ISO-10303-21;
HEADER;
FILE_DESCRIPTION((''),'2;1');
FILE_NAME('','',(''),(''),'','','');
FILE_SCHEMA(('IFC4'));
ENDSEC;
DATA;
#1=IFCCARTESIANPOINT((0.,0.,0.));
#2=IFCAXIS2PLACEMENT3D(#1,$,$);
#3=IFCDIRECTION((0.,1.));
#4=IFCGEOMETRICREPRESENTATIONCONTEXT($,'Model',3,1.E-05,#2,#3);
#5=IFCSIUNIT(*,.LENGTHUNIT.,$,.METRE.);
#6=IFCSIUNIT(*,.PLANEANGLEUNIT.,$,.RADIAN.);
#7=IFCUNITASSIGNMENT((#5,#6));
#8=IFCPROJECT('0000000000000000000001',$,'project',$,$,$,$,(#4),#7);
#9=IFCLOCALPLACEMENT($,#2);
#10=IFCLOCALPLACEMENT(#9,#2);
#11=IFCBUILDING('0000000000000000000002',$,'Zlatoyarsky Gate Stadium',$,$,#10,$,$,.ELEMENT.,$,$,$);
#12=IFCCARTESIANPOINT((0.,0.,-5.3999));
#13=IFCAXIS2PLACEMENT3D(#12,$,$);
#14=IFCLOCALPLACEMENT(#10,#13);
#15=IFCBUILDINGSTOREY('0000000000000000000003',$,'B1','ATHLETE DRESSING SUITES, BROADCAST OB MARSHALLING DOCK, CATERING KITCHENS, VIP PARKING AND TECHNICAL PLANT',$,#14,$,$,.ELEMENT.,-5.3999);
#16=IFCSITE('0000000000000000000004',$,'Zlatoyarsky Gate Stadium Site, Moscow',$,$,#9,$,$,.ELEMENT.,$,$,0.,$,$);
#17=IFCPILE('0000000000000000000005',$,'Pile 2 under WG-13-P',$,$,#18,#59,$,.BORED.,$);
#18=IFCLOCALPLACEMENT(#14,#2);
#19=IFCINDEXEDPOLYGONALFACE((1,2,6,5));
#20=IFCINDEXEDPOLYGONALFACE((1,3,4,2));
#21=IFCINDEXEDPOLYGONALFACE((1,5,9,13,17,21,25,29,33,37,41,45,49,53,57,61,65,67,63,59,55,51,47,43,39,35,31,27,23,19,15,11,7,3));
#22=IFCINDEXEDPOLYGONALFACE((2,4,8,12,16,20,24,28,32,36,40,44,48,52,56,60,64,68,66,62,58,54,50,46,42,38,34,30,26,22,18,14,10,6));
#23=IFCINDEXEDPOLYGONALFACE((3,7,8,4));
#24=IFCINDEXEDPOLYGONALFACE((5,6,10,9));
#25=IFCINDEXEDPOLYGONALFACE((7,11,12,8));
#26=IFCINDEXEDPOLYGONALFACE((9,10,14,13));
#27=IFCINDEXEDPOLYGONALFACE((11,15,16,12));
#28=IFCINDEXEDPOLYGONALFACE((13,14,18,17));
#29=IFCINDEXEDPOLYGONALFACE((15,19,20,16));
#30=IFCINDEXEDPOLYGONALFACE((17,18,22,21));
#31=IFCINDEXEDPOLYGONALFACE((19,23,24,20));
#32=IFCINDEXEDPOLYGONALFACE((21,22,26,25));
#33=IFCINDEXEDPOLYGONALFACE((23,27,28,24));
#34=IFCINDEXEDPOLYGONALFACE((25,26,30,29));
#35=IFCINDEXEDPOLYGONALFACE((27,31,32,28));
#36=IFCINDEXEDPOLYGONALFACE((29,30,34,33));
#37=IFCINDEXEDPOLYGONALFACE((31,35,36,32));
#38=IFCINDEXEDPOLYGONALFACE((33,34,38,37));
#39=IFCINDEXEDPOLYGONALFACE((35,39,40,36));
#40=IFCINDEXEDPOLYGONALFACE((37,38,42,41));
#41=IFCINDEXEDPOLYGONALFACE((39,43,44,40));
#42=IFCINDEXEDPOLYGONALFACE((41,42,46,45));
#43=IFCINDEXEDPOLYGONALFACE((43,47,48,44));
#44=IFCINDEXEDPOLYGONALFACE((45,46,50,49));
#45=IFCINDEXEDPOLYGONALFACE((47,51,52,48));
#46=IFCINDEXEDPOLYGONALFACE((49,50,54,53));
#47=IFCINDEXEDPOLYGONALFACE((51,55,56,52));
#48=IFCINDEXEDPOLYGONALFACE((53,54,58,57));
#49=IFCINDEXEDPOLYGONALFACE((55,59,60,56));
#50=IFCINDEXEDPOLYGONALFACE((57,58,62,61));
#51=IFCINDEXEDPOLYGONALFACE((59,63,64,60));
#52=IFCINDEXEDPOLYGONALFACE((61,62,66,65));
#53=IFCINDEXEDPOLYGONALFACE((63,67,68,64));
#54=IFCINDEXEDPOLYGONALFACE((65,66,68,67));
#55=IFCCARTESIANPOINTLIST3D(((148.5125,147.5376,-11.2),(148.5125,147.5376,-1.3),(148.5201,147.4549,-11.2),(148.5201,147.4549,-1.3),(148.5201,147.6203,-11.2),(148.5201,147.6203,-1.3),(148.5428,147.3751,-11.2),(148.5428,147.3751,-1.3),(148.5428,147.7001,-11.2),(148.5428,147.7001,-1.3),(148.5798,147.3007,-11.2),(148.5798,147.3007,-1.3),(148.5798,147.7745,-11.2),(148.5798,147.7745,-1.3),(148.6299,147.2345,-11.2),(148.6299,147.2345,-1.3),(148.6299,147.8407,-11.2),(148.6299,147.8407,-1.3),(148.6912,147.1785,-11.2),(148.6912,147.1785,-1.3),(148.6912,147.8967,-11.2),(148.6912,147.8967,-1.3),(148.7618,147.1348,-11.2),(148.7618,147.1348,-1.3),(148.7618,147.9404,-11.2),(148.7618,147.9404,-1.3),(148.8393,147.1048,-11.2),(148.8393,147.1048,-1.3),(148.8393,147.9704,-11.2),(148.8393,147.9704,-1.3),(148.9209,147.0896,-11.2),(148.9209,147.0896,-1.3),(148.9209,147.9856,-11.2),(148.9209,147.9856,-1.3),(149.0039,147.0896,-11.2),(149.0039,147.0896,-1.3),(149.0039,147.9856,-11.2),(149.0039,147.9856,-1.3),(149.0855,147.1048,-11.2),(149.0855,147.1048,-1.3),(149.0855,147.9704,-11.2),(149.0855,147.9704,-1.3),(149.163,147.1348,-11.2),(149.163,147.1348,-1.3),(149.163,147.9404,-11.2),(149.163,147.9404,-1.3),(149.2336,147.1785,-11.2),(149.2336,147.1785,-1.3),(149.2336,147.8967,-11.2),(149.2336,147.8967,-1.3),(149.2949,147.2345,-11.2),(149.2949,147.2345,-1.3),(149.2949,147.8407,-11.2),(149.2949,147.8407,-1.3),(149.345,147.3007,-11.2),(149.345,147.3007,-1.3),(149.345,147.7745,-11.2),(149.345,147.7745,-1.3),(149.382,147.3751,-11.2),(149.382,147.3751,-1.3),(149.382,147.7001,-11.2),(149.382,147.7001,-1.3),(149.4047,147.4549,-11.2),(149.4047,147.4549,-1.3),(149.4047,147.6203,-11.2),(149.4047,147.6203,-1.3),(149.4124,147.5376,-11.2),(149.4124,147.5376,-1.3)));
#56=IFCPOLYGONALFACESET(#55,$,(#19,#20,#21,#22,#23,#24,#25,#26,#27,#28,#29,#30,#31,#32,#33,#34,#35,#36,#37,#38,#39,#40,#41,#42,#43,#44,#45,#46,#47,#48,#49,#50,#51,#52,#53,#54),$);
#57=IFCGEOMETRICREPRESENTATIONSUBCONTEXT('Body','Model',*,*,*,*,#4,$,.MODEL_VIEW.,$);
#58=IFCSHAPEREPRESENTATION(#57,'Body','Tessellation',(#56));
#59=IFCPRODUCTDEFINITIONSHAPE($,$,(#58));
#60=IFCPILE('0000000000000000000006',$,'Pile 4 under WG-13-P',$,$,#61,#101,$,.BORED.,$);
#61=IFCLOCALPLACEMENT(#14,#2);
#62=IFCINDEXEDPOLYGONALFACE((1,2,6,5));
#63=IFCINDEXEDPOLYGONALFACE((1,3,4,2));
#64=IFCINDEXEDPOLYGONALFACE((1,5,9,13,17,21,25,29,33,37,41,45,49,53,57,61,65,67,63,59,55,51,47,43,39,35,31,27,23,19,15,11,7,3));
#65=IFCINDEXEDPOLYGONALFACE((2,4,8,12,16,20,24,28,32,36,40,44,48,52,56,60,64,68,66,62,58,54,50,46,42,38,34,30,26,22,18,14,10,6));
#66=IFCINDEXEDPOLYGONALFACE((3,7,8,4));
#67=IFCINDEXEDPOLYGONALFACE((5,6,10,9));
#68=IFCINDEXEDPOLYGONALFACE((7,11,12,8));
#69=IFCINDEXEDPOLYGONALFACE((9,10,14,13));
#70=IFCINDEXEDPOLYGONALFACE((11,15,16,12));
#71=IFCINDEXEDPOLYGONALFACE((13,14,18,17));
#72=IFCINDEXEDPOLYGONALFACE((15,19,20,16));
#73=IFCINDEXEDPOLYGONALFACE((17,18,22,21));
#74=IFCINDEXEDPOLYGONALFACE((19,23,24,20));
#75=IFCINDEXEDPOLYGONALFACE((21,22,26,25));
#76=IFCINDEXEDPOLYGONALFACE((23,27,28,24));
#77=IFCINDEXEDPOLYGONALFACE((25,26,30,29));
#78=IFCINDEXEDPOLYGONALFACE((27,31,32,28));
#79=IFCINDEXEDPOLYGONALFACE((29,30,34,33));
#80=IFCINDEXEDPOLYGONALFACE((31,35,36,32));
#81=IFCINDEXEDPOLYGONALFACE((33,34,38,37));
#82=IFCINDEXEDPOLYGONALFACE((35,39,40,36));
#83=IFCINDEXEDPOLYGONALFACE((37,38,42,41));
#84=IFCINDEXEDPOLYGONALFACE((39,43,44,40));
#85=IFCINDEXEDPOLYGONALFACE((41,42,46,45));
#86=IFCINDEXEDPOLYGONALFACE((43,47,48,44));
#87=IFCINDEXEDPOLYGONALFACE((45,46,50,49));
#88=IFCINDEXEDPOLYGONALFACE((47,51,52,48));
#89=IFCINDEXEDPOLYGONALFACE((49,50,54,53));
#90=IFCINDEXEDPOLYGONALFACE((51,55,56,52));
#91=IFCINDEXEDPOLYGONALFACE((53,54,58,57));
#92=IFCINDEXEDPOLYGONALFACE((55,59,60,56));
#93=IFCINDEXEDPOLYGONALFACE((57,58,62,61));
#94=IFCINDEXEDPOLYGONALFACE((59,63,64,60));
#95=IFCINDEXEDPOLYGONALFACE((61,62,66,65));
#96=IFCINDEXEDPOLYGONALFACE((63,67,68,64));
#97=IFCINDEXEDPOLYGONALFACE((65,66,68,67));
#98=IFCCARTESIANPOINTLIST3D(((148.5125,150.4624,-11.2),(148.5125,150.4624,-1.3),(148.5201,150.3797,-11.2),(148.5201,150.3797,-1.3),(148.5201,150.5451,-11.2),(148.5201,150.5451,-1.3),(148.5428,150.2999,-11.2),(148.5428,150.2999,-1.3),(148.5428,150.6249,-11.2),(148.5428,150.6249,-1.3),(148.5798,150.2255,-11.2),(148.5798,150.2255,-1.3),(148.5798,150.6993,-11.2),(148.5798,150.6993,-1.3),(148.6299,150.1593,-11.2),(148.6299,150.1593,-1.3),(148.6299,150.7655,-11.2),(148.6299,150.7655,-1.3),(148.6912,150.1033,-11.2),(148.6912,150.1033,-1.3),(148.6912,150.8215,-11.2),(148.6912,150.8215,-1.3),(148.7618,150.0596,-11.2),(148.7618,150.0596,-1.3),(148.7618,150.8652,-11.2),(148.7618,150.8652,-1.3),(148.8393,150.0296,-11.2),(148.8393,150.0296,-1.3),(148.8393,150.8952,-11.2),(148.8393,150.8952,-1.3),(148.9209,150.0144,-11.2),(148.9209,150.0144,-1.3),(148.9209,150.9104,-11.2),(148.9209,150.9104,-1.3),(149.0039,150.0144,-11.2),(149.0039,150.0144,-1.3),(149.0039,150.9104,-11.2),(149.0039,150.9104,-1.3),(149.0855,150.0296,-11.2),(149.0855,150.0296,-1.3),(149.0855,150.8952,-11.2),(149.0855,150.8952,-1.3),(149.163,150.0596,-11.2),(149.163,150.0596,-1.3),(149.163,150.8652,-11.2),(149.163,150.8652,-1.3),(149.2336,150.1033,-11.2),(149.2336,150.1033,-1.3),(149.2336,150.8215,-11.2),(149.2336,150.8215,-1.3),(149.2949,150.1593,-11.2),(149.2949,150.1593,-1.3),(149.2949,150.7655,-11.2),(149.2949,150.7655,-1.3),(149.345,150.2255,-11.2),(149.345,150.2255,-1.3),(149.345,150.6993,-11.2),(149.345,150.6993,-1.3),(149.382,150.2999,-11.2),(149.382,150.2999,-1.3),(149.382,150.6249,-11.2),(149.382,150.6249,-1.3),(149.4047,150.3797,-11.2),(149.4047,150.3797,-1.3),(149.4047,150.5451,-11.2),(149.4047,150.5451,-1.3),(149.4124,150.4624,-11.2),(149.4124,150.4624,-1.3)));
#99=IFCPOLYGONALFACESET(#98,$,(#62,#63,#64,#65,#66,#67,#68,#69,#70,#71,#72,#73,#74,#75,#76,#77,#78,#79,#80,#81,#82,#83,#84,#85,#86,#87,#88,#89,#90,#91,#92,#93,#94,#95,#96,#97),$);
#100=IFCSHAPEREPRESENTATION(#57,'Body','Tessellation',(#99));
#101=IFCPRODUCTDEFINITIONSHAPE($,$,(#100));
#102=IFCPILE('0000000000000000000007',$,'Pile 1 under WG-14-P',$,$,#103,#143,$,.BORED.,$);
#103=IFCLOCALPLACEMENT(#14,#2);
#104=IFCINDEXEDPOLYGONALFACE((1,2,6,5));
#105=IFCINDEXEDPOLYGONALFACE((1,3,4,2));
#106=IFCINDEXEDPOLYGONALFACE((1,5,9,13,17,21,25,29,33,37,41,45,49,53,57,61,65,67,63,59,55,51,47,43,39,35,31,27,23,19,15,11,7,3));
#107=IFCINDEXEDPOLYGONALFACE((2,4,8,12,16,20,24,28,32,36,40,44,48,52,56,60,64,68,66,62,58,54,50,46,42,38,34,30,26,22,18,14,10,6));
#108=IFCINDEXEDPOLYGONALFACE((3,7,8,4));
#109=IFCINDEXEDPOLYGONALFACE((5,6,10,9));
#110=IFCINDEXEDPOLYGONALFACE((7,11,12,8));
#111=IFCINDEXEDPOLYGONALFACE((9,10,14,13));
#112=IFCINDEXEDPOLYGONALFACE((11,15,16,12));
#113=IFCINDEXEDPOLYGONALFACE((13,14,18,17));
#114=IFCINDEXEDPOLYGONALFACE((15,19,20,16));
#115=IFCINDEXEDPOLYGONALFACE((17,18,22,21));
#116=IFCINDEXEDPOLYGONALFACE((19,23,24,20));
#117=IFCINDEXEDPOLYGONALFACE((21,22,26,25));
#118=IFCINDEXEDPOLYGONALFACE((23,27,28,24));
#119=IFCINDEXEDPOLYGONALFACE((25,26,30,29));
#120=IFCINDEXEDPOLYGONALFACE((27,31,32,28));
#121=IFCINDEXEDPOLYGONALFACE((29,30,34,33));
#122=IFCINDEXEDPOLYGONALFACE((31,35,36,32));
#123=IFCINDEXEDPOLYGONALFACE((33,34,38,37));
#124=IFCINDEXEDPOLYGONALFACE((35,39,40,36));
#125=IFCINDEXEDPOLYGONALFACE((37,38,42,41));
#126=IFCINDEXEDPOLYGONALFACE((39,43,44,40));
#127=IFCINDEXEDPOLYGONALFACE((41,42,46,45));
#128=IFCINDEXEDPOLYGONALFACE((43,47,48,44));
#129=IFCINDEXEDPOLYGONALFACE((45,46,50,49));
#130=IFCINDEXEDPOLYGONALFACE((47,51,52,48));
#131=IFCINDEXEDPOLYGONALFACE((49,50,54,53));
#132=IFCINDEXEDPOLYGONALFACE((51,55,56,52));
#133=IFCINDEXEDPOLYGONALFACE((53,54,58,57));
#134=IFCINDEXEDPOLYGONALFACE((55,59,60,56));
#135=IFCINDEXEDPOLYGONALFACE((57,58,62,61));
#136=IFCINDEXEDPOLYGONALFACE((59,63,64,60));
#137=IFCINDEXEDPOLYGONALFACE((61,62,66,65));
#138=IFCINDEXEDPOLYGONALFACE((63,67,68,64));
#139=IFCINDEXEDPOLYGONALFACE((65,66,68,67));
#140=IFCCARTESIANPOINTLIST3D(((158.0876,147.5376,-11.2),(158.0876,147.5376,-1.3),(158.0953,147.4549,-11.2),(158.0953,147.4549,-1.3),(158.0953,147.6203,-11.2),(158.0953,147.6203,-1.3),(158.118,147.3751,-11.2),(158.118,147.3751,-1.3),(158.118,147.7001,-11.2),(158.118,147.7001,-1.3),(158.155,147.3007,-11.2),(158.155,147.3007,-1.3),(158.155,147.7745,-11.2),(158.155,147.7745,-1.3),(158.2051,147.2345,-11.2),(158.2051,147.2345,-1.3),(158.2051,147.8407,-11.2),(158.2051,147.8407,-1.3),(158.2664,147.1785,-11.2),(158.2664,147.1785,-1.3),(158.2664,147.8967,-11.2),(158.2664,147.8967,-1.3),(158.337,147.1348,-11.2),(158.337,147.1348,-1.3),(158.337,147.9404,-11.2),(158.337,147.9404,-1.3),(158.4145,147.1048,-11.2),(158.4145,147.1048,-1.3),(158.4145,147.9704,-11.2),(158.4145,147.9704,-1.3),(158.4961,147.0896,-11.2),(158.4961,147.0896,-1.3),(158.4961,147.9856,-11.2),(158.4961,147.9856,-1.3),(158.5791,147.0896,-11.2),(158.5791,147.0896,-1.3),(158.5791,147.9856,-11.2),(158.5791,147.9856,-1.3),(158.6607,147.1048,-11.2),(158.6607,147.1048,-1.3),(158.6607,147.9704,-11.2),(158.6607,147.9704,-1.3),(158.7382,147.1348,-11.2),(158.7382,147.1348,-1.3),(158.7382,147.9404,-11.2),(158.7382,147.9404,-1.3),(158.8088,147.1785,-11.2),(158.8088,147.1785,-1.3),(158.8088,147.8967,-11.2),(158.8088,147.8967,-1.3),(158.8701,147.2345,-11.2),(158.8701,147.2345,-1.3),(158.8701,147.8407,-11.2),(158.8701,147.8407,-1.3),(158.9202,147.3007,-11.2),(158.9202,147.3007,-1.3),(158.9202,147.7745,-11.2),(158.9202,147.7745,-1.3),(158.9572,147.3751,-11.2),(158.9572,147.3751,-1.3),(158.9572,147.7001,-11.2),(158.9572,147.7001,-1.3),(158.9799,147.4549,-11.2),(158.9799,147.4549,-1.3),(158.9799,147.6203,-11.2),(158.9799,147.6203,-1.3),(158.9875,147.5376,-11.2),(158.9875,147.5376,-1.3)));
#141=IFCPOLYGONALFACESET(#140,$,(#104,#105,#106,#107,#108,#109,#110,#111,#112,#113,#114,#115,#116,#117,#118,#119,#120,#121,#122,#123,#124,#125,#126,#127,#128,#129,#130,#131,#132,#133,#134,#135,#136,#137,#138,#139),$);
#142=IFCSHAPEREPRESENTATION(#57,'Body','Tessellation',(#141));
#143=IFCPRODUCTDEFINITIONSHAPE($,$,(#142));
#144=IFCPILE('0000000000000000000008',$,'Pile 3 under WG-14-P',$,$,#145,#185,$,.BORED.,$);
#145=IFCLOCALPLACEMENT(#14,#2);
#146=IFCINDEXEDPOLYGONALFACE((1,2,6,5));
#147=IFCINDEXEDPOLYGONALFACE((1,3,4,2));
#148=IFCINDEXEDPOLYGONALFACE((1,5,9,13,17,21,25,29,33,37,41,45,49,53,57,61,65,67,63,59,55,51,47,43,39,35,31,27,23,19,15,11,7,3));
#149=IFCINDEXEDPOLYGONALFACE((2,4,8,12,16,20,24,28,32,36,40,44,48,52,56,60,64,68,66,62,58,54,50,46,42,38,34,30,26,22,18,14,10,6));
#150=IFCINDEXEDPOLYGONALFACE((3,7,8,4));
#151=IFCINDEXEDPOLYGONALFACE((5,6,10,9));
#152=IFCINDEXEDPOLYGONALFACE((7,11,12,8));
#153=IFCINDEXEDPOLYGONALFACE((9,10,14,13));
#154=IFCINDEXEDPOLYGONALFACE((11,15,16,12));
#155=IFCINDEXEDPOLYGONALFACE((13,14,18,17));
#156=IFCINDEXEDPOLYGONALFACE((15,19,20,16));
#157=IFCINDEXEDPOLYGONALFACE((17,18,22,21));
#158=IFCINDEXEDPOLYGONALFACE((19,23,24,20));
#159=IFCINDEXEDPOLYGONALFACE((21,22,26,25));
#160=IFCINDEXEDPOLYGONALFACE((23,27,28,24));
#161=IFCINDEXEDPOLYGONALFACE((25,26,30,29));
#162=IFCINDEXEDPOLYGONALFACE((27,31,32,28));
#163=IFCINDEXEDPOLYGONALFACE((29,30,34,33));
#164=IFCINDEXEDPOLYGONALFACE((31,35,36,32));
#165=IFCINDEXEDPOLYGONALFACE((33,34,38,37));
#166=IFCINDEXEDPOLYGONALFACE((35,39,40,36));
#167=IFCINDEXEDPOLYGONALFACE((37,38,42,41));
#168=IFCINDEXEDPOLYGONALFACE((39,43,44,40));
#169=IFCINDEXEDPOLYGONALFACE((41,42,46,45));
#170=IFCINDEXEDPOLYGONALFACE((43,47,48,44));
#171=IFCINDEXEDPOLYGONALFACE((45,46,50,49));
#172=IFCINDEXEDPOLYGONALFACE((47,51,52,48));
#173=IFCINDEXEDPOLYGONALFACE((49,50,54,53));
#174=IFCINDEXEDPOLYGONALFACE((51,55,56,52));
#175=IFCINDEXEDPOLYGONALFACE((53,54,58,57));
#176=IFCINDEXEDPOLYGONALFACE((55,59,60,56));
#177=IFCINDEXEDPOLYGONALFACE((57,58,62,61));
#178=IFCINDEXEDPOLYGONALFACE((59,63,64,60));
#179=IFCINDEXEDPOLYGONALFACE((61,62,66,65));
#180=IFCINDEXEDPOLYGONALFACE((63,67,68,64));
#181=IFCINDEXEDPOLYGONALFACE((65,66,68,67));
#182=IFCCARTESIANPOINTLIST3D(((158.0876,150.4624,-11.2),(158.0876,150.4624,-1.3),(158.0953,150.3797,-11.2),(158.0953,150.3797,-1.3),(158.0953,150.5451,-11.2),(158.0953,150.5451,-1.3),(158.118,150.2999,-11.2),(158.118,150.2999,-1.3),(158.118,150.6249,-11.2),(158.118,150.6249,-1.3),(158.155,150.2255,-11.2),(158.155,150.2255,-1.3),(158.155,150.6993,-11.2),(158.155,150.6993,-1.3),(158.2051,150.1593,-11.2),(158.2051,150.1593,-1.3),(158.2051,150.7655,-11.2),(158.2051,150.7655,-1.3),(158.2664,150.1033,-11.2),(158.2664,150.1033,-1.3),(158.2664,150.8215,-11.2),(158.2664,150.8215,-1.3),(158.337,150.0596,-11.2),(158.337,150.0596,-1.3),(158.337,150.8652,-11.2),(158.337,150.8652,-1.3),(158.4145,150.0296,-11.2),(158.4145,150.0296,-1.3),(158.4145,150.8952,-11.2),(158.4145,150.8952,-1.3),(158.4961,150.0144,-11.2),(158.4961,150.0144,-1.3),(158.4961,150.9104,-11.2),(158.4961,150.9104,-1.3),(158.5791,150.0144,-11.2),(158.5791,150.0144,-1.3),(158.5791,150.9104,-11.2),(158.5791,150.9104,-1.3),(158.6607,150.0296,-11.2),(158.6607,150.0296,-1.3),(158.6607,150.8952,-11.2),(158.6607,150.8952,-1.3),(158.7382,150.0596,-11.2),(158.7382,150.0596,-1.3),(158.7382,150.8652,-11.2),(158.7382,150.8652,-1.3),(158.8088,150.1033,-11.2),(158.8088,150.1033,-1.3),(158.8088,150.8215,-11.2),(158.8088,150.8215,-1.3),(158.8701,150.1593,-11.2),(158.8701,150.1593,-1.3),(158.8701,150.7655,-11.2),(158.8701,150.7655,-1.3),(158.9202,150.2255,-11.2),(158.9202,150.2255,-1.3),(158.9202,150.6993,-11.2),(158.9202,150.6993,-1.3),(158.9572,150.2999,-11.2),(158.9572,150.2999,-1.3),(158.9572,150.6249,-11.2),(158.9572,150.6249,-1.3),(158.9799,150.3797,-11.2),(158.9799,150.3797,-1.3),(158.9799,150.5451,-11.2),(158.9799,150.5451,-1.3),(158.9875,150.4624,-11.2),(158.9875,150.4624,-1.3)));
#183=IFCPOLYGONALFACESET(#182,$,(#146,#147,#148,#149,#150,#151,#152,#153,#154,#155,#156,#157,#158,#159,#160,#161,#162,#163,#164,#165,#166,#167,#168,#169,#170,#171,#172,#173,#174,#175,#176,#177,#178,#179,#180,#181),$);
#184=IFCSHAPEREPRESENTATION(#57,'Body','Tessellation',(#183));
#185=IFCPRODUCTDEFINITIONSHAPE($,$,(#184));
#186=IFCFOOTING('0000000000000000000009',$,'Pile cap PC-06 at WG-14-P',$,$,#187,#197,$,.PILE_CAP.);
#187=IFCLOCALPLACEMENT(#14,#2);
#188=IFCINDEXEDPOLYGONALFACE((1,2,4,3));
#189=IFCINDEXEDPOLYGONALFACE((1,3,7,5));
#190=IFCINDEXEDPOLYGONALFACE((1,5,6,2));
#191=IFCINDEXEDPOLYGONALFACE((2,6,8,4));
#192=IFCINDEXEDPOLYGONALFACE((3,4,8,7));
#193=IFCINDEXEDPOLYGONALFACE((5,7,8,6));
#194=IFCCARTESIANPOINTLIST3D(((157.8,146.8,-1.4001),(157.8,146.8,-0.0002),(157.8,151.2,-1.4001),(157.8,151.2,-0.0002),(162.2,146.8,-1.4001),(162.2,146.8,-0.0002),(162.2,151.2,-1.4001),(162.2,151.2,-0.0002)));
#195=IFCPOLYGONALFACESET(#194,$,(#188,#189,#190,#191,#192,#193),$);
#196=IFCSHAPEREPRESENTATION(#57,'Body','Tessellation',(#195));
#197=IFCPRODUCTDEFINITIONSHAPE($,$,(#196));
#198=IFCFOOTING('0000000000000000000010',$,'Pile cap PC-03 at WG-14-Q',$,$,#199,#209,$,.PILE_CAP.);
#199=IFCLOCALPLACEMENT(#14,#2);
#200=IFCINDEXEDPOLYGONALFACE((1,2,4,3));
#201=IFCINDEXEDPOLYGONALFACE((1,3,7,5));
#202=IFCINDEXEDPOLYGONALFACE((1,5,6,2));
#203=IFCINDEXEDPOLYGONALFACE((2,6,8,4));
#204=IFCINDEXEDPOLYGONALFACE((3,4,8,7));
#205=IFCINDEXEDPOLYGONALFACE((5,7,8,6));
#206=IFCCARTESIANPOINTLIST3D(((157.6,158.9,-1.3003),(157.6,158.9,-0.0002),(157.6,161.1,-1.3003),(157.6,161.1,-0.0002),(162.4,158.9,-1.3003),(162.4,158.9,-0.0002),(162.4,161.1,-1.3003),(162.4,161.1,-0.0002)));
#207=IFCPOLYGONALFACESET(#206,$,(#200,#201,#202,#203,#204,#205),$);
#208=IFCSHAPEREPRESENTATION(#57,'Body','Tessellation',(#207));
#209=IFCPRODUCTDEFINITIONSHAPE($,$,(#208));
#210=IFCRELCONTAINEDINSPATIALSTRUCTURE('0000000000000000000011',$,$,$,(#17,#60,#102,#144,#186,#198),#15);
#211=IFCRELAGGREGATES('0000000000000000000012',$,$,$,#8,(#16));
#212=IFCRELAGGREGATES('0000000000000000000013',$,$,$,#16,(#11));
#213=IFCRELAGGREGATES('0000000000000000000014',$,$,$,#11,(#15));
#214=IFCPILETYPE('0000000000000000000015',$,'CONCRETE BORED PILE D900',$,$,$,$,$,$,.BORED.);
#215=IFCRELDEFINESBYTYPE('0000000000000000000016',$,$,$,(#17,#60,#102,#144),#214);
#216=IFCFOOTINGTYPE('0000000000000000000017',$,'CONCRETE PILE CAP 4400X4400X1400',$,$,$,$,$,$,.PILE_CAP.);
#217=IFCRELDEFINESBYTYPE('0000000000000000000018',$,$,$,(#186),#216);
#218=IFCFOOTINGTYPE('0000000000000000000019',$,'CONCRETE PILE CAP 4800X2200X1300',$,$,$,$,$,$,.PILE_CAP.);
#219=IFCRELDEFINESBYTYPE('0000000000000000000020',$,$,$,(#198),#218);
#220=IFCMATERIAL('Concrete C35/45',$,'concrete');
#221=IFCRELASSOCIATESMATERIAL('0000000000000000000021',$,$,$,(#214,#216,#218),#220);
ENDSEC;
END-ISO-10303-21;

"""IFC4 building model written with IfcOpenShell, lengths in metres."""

from ifc_helpers import new_model, si_unit, direction, frame, origin, origin_2d, place, context, subcontext, project, spatial, rectangle, circle, extrude, material, material_profile, profile_set, type_object, element, save


model = new_model("IFC4")

# Units and contexts
model_context = context("Model", 3, precision=1e-05, world=origin(), true_north=direction((0.0, 1.0)))
body_context = subcontext(model_context, "Body", "Model", "MODEL_VIEW")
ifc_project = project(units=[si_unit("LENGTHUNIT", "METRE"), si_unit("PLANEANGLEUNIT", "RADIAN")], contexts=[model_context])

# Site, building, storey
site_placement = place(None, origin())
site = spatial("IfcSite", under=ifc_project, at=site_placement, Name="Zlatoyarsky Gate Stadium Site, Moscow", CompositionType="ELEMENT", RefElevation=0.0)
building_placement = place(site_placement, origin())
building = spatial("IfcBuilding", under=site, at=building_placement, Name="Zlatoyarsky Gate Stadium", CompositionType="ELEMENT")
storey_placement = place(building_placement, frame((0.0, 0.0, -5.3999)))
storey = spatial("IfcBuildingStorey", under=building, at=storey_placement, Name="B1", Description="ATHLETE DRESSING SUITES, BROADCAST OB MARSHALLING DOCK, CATERING KITCHENS, VIP PARKING AND TECHNICAL PLANT", CompositionType="ELEMENT", Elevation=-5.3999)

# Piles
ifc_material_1 = material(Name="Concrete C35/45", Category="concrete")
ifc_material_profile_1 = material_profile(ifc_material_1, circle(Radius=0.45, at=origin_2d()), Name="BORED PILE D900")
ifc_profile_set_1 = profile_set([ifc_material_profile_1], Name="Concrete C35/45")
pile_type_1 = type_object("IfcPileType", Name="CONCRETE BORED PILE D900", PredefinedType="BORED", material=ifc_profile_set_1)
for number, where, z_axis, x_axis, name in (
    (1, (148.9624, 147.5376, -1.3), (0.0, 0.0, -1.0), (1.0, 0.0, 0.0), "Pile 2 under WG-13-P"),
    (2, (148.9624, 150.4624, -1.3), (0.0, 0.0, -1.0), (1.0, 0.0, 0.0), "Pile 4 under WG-13-P"),
    (3, (158.5376, 147.5376, -1.3), (0.0, 0.0, -1.0), (1.0, 0.0, 0.0), "Pile 1 under WG-14-P"),
    (4, (158.5376, 150.4624, -1.3), (0.0, 0.0, -1.0), (1.0, 0.0, 0.0), "Pile 3 under WG-14-P"),
):
    element("IfcPile", number, at=place(storey_placement, frame(where, z_axis=z_axis, x_axis=x_axis)), inside=storey, type_object=pile_type_1, Name=name, PredefinedType="BORED", context=body_context, shape_type="SweptSolid", body=[
        extrude(circle(Radius=0.45, at=origin_2d()), origin(), (0.0, 0.0, 1.0), 9.8999),
    ])

# Footings
footing_type_1 = type_object("IfcFootingType", Name="CONCRETE PILE CAP 4400X4400X1400", PredefinedType="PILE_CAP", material=ifc_material_1)
footing_1_placement = place(storey_placement, frame((160.0, 149.0, -1.4001), z_axis=(0.0, 0.0, 1.0), x_axis=(1.0, 0.0, 0.0)))
element("IfcFooting", 5, at=footing_1_placement, inside=storey, type_object=footing_type_1, Name="Pile cap PC-06 at WG-14-P", PredefinedType="PILE_CAP", context=body_context, shape_type="SweptSolid", body=[
    extrude(rectangle(XDim=4.3999, YDim=4.3999, at=origin_2d()), origin(), (0.0, 0.0, 1.0), 1.3999),
])
footing_type_2 = type_object("IfcFootingType", Name="CONCRETE PILE CAP 4800X2200X1300", PredefinedType="PILE_CAP", material=ifc_material_1)
footing_2_placement = place(storey_placement, frame((160.0, 160.0, -1.3003), z_axis=(0.0, 0.0, 1.0), x_axis=(1.0, 0.0, 0.0)))
element("IfcFooting", 6, at=footing_2_placement, inside=storey, type_object=footing_type_2, Name="Pile cap PC-03 at WG-14-Q", PredefinedType="PILE_CAP", context=body_context, shape_type="SweptSolid", body=[
    extrude(rectangle(XDim=4.8, YDim=2.2, at=origin_2d()), origin(), (0.0, 0.0, 1.0), 1.3),
])

save(model, "model.ifc")
